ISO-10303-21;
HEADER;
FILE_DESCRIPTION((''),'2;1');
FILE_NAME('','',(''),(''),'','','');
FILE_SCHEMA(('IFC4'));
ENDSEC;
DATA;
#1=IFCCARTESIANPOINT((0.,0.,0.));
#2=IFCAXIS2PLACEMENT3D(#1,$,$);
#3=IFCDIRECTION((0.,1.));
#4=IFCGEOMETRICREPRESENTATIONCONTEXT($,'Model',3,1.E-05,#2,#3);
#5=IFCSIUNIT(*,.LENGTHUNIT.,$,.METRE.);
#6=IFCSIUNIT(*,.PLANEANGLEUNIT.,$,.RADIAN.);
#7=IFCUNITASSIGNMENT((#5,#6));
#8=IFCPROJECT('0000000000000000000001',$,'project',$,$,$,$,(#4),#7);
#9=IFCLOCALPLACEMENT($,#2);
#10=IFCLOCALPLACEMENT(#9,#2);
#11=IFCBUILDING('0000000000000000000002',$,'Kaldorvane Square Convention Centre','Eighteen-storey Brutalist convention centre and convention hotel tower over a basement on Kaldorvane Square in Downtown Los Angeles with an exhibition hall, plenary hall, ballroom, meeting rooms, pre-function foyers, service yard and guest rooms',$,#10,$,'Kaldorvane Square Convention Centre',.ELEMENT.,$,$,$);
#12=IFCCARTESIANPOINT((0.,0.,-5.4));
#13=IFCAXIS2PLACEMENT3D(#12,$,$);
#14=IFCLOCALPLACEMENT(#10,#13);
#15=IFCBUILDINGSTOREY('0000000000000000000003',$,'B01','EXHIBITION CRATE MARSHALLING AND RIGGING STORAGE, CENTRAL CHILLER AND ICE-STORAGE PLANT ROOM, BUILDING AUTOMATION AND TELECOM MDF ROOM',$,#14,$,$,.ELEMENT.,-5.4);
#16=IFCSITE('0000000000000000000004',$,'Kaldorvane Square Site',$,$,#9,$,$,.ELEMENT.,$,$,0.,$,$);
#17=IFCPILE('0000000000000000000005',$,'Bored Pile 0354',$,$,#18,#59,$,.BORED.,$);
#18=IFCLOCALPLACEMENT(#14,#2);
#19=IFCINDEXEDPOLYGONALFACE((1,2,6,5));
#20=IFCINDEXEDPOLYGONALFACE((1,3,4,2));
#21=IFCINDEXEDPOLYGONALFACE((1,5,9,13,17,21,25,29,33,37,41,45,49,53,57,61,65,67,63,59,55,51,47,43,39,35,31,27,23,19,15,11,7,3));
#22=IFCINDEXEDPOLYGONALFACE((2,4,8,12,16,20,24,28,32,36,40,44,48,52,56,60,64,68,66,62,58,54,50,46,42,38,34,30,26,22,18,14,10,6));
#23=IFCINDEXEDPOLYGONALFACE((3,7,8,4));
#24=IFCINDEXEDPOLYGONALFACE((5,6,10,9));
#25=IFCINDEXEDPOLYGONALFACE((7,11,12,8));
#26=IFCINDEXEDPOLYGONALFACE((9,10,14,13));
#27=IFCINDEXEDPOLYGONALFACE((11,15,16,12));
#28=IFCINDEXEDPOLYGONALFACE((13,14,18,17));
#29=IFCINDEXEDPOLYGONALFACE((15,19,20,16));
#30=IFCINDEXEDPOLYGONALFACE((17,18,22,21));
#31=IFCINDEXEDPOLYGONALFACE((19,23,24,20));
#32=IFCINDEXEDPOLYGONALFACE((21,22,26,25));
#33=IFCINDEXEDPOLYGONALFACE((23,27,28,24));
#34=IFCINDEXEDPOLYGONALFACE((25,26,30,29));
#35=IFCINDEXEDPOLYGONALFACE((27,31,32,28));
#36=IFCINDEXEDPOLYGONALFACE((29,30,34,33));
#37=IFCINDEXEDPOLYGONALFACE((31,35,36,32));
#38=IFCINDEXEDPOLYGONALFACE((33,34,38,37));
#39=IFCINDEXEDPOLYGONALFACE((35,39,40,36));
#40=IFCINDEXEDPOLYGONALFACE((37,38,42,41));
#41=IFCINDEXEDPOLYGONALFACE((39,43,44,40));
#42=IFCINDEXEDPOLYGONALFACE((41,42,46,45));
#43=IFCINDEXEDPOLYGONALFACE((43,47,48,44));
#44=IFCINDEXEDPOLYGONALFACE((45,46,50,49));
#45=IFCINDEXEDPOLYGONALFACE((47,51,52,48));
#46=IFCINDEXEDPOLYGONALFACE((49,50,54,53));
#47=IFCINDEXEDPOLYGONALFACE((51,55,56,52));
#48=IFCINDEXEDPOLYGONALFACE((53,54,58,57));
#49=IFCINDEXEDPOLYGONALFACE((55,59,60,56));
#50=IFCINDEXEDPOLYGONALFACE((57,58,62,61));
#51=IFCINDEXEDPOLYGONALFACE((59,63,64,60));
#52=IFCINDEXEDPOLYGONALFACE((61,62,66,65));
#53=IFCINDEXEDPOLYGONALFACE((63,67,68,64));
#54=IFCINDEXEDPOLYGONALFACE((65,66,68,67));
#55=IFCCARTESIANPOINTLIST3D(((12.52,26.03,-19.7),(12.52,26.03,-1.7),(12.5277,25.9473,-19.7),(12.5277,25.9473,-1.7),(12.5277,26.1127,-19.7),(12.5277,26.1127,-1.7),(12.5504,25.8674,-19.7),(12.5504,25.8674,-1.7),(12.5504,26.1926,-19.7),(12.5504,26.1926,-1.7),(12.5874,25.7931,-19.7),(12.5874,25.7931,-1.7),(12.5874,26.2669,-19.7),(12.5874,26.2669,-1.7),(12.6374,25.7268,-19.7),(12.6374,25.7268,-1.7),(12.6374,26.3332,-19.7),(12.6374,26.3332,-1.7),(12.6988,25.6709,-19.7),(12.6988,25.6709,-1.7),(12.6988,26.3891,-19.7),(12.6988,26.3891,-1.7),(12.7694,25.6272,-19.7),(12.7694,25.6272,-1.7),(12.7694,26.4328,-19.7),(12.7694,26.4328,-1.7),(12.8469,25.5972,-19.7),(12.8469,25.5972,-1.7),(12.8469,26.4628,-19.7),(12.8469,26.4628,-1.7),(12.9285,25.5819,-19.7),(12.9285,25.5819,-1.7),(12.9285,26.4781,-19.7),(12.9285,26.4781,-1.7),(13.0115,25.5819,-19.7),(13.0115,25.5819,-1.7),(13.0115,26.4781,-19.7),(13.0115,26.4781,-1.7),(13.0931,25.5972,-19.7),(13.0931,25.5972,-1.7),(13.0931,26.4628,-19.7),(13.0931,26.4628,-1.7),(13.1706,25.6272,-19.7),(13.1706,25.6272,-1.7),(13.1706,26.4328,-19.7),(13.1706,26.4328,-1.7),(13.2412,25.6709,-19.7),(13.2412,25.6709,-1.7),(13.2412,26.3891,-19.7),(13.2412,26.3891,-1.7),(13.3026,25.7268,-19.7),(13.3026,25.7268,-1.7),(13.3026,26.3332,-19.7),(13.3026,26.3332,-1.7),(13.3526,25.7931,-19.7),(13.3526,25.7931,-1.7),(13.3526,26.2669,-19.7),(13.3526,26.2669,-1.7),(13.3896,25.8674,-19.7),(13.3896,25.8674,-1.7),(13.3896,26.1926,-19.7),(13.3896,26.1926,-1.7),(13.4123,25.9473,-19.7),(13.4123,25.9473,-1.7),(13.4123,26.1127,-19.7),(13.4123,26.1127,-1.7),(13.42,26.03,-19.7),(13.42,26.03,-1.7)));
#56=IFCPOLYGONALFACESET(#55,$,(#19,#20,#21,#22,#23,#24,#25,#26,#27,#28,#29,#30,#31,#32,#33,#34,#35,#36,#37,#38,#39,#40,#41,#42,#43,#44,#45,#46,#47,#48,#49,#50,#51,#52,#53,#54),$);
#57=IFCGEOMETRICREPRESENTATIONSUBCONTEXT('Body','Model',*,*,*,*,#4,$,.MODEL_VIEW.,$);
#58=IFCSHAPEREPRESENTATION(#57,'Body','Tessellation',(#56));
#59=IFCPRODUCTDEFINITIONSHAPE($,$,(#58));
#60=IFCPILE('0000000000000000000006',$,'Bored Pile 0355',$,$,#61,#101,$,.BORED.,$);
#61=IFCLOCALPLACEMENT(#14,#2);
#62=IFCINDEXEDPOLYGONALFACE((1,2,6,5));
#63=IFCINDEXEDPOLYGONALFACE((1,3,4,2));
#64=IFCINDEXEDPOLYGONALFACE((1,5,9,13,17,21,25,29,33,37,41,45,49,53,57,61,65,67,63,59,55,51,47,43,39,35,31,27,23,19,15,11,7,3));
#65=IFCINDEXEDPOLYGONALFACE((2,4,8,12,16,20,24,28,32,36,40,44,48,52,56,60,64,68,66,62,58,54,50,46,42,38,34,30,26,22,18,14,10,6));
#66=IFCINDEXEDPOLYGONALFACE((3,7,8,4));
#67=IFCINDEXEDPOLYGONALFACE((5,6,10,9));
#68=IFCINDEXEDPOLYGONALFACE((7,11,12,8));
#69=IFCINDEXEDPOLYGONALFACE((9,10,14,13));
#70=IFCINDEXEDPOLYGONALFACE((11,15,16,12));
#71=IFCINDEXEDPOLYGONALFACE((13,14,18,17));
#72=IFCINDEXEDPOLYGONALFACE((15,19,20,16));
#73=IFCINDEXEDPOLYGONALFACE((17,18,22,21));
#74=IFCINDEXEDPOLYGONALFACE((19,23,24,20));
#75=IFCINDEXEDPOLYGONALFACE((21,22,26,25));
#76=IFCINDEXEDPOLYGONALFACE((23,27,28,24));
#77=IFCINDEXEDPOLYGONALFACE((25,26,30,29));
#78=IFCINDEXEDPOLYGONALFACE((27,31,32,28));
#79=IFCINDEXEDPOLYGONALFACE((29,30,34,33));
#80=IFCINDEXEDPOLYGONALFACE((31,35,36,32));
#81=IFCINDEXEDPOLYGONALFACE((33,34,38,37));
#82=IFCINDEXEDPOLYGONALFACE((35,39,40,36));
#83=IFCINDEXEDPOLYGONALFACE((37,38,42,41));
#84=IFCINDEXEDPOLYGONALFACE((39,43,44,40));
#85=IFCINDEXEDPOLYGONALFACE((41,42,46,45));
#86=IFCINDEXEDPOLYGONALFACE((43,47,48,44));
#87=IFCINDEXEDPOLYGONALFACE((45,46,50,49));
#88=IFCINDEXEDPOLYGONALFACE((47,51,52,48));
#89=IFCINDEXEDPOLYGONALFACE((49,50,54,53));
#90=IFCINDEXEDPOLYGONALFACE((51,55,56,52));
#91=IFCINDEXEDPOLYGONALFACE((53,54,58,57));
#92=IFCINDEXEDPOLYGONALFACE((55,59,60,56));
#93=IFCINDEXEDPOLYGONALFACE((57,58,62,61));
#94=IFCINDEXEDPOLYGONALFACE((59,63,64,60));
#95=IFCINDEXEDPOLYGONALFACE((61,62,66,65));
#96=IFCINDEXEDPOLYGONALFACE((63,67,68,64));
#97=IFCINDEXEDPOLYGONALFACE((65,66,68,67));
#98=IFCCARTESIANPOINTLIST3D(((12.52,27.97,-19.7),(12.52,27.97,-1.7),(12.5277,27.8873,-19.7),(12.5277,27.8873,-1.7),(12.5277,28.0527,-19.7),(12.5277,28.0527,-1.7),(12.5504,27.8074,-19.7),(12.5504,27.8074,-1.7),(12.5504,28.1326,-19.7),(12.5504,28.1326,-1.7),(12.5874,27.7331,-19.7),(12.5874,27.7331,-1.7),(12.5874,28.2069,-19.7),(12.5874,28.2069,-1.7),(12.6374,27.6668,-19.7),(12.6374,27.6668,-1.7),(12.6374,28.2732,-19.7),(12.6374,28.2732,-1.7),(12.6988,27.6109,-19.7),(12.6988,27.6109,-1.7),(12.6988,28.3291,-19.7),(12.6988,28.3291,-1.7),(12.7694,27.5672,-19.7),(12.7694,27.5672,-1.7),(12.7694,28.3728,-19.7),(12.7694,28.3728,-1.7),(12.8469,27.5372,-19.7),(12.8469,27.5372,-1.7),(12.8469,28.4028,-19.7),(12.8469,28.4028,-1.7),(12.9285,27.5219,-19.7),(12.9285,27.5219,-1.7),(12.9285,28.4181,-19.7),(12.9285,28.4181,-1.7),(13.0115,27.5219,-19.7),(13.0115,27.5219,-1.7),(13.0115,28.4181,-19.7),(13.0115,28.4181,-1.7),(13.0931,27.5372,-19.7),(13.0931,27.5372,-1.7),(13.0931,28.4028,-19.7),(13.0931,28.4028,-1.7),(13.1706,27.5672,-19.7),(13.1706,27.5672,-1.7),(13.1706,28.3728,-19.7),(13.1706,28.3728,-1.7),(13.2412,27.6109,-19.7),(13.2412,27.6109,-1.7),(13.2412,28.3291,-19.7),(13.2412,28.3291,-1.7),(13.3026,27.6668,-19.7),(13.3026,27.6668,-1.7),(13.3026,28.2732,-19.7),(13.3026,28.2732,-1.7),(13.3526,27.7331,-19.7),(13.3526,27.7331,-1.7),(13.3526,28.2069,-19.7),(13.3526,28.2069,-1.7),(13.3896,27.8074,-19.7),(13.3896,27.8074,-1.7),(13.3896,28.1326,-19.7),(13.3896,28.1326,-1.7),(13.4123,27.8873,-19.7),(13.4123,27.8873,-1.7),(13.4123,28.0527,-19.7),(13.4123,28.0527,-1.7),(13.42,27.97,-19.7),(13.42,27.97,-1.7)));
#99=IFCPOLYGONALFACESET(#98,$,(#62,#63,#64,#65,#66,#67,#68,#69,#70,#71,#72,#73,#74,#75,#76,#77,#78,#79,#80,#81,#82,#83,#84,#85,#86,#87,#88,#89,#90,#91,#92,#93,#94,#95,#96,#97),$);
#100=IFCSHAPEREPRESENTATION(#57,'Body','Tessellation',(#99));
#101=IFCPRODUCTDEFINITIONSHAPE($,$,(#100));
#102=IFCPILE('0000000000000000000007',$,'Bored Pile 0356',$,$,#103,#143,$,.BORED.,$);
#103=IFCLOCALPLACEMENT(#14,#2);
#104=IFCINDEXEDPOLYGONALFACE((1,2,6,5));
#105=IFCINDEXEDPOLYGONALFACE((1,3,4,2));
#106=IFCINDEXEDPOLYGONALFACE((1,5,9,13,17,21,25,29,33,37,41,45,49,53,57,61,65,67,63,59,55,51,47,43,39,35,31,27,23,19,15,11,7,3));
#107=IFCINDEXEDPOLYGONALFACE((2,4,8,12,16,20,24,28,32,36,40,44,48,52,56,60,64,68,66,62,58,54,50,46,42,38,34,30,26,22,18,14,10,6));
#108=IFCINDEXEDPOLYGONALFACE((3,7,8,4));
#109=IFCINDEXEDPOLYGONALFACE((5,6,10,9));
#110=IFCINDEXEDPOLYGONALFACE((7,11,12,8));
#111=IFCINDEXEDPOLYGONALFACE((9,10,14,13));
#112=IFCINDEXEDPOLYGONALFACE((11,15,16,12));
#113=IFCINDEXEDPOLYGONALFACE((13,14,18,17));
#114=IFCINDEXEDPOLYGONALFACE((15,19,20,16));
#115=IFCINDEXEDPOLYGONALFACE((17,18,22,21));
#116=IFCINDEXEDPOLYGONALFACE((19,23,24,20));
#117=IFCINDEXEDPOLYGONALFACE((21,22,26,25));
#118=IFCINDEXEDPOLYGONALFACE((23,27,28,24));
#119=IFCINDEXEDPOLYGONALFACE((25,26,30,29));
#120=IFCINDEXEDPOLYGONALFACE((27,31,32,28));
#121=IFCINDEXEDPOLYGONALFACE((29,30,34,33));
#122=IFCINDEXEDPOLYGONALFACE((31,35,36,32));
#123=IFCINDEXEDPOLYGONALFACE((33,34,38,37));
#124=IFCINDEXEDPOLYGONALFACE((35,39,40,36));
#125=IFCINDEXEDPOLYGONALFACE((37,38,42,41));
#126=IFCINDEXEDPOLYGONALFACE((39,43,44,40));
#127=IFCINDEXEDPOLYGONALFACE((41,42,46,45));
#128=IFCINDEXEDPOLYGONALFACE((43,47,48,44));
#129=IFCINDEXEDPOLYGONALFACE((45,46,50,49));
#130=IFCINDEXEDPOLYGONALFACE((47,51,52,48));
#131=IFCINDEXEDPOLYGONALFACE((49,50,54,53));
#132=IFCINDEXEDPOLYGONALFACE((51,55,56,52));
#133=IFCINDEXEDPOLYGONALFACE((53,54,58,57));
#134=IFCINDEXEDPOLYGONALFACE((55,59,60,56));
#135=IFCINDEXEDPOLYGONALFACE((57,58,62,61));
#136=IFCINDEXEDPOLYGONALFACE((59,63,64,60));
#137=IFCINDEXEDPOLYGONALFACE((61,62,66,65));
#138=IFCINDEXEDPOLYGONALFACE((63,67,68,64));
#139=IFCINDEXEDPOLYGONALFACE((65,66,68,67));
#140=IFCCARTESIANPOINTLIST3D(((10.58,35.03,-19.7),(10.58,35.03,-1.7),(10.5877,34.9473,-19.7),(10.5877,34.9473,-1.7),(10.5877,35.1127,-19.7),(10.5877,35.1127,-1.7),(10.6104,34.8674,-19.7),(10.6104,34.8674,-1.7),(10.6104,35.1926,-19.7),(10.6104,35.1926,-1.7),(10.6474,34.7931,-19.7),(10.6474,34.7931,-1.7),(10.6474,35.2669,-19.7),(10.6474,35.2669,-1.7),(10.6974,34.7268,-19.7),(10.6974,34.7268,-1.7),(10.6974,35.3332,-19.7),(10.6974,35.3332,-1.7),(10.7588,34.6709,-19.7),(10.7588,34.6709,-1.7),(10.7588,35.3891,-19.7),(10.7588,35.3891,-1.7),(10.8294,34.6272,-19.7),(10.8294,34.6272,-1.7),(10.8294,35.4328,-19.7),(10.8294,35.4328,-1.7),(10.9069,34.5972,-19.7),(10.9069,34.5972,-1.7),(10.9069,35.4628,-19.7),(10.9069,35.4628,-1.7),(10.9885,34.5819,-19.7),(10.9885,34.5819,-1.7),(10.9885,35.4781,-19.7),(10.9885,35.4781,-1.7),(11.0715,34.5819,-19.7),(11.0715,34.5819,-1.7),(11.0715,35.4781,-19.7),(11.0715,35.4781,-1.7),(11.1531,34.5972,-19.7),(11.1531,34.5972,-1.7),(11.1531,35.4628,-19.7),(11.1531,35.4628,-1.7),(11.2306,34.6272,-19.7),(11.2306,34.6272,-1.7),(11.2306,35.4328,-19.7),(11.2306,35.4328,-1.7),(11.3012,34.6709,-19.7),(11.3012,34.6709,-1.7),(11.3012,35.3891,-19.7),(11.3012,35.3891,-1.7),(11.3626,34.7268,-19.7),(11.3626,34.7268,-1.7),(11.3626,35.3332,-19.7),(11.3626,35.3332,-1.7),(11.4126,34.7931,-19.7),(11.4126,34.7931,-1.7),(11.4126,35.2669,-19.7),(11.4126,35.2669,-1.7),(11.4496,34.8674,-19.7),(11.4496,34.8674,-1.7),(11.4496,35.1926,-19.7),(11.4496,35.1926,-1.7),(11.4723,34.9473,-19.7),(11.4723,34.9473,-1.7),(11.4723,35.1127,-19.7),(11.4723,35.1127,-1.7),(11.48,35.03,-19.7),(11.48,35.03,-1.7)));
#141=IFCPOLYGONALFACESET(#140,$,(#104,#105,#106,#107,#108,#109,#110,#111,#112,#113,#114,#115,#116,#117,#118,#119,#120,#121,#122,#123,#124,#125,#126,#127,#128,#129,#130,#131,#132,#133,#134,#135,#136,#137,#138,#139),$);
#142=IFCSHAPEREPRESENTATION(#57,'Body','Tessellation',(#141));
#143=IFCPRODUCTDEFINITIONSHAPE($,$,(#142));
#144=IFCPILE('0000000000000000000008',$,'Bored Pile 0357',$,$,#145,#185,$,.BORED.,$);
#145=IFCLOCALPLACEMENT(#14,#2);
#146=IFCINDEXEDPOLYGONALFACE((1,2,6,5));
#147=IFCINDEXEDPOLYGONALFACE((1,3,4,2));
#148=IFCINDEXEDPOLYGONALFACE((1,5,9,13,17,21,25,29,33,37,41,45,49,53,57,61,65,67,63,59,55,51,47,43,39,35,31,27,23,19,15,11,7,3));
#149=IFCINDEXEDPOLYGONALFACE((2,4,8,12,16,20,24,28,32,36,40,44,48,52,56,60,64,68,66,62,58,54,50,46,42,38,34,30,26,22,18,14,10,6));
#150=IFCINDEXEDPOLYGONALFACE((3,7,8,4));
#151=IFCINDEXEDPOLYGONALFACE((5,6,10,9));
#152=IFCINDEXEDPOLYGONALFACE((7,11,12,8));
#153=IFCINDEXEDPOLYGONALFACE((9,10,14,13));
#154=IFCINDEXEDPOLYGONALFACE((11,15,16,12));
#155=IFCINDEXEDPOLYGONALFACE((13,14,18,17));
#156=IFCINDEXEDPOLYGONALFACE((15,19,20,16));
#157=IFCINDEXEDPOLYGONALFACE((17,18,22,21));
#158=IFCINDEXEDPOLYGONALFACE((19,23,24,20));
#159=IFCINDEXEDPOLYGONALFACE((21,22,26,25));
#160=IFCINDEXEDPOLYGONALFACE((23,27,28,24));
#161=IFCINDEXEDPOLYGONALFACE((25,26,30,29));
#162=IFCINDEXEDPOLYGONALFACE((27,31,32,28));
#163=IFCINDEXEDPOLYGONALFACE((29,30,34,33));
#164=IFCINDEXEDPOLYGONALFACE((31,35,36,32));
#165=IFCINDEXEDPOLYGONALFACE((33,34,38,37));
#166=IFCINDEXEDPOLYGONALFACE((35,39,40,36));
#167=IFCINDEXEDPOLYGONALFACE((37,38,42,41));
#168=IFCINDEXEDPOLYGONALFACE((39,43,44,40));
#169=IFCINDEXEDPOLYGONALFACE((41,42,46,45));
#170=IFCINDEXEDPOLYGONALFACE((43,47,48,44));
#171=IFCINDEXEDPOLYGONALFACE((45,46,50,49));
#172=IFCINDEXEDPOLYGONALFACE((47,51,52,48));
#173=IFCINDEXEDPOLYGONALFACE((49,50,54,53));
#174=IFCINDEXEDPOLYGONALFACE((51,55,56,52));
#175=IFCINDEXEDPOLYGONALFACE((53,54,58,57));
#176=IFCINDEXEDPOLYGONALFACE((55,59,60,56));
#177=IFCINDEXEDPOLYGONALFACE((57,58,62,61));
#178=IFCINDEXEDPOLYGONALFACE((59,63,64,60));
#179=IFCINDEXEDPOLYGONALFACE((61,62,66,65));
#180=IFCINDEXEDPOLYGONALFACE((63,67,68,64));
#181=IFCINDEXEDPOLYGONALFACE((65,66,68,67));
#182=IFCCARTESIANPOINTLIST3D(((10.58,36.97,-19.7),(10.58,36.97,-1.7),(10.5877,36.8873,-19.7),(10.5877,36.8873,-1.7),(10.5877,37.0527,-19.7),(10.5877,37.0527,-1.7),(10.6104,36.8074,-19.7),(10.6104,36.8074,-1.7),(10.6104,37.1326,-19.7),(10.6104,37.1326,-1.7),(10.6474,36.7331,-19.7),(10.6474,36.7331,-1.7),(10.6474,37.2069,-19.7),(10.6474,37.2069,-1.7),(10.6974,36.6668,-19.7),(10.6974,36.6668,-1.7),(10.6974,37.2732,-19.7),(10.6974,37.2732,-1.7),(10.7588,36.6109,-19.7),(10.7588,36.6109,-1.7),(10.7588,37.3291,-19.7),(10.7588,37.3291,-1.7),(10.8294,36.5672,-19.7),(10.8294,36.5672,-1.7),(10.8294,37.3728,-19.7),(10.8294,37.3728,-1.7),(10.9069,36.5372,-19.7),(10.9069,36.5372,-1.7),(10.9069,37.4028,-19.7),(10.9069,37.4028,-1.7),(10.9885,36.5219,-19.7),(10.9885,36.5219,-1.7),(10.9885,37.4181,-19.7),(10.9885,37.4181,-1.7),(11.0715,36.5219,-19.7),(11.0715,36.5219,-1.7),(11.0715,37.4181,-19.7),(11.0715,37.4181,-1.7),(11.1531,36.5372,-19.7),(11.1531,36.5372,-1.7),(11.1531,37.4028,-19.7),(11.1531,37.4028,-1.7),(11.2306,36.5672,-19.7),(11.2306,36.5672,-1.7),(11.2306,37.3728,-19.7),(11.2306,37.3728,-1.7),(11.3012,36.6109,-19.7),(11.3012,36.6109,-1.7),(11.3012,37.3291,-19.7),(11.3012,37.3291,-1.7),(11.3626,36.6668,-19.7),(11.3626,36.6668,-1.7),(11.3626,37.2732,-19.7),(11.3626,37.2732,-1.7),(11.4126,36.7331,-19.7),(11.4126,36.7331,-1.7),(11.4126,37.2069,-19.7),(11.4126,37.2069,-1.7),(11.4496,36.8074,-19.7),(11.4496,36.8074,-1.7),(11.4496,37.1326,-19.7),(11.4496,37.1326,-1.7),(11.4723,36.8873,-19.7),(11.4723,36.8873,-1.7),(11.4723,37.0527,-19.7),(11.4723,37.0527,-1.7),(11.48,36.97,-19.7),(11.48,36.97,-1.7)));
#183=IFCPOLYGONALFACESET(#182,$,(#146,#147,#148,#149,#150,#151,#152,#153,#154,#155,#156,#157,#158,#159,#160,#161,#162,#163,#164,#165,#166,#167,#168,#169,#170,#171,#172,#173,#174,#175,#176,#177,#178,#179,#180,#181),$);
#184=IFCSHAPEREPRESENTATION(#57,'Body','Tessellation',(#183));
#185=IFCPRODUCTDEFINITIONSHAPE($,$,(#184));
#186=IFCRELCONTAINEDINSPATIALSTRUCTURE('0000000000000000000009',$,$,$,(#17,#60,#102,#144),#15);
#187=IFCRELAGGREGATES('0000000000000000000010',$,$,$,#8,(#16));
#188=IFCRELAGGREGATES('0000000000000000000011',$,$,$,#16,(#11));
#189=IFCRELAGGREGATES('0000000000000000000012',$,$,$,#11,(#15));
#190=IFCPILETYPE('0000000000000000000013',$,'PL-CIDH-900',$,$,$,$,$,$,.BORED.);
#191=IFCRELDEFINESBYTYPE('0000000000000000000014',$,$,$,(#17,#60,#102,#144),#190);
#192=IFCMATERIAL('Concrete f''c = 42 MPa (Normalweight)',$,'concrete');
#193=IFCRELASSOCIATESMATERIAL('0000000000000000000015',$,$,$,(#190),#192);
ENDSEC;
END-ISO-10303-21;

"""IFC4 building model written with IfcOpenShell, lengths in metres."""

from ifc_helpers import new_model, si_unit, direction, frame, origin, origin_2d, place, context, subcontext, project, spatial, circle, extrude, material, material_profile, profile_set, type_object, element, save


model = new_model("IFC4")

# Units and contexts
model_context = context("Model", 3, precision=1e-05, world=origin(), true_north=direction((0.0, 1.0)))
body_context = subcontext(model_context, "Body", "Model", "MODEL_VIEW")
ifc_project = project(units=[si_unit("LENGTHUNIT", "METRE"), si_unit("PLANEANGLEUNIT", "RADIAN")], contexts=[model_context])

# Site, building, storey
site_placement = place(None, origin())
site = spatial("IfcSite", under=ifc_project, at=site_placement, Name="Kaldorvane Square Site", CompositionType="ELEMENT", RefElevation=0.0)
building_placement = place(site_placement, origin())
building = spatial("IfcBuilding", under=site, at=building_placement, Name="Kaldorvane Square Convention Centre", Description="Eighteen-storey Brutalist convention centre and convention hotel tower over a basement on Kaldorvane Square in Downtown Los Angeles with an exhibition hall, plenary hall, ballroom, meeting rooms, pre-function foyers, service yard and guest rooms", LongName="Kaldorvane Square Convention Centre", CompositionType="ELEMENT")
storey_placement = place(building_placement, frame((0.0, 0.0, -5.4)))
storey = spatial("IfcBuildingStorey", under=building, at=storey_placement, Name="B01", Description="EXHIBITION CRATE MARSHALLING AND RIGGING STORAGE, CENTRAL CHILLER AND ICE-STORAGE PLANT ROOM, BUILDING AUTOMATION AND TELECOM MDF ROOM", CompositionType="ELEMENT", Elevation=-5.4)

# Shared definitions
ifc_material_1 = material(Name="Concrete f'c = 42 MPa (Normalweight)", Category="concrete")

# Piles
ifc_material_profile_1 = material_profile(ifc_material_1, circle(Radius=0.45, at=origin_2d()), Name="PILE-D900")
ifc_profile_set_1 = profile_set([ifc_material_profile_1], Name="Concrete f'c = 42 MPa (Normalweight)")
pile_type_1 = type_object("IfcPileType", Name="PL-CIDH-900", PredefinedType="BORED", material=ifc_profile_set_1)
for number, where, z_axis, x_axis, name in (
    (1, (12.97, 26.03, -1.7), (0.0, 0.0, -1.0), (1.0, 0.0, 0.0), "Bored Pile 0354"),
    (2, (12.97, 27.97, -1.7), (0.0, 0.0, -1.0), (1.0, 0.0, 0.0), "Bored Pile 0355"),
    (3, (11.03, 35.03, -1.7), (0.0, 0.0, -1.0), (1.0, 0.0, 0.0), "Bored Pile 0356"),
    (4, (11.03, 36.97, -1.7), (0.0, 0.0, -1.0), (1.0, 0.0, 0.0), "Bored Pile 0357"),
):
    element("IfcPile", number, at=place(storey_placement, frame(where, z_axis=z_axis, x_axis=x_axis)), inside=storey, type_object=pile_type_1, Name=name, PredefinedType="BORED", context=body_context, shape_type="SweptSolid", body=[
        extrude(circle(Radius=0.45, at=origin_2d()), origin(), (0.0, 0.0, 1.0), 18.0),
    ])

save(model, "model.ifc")
